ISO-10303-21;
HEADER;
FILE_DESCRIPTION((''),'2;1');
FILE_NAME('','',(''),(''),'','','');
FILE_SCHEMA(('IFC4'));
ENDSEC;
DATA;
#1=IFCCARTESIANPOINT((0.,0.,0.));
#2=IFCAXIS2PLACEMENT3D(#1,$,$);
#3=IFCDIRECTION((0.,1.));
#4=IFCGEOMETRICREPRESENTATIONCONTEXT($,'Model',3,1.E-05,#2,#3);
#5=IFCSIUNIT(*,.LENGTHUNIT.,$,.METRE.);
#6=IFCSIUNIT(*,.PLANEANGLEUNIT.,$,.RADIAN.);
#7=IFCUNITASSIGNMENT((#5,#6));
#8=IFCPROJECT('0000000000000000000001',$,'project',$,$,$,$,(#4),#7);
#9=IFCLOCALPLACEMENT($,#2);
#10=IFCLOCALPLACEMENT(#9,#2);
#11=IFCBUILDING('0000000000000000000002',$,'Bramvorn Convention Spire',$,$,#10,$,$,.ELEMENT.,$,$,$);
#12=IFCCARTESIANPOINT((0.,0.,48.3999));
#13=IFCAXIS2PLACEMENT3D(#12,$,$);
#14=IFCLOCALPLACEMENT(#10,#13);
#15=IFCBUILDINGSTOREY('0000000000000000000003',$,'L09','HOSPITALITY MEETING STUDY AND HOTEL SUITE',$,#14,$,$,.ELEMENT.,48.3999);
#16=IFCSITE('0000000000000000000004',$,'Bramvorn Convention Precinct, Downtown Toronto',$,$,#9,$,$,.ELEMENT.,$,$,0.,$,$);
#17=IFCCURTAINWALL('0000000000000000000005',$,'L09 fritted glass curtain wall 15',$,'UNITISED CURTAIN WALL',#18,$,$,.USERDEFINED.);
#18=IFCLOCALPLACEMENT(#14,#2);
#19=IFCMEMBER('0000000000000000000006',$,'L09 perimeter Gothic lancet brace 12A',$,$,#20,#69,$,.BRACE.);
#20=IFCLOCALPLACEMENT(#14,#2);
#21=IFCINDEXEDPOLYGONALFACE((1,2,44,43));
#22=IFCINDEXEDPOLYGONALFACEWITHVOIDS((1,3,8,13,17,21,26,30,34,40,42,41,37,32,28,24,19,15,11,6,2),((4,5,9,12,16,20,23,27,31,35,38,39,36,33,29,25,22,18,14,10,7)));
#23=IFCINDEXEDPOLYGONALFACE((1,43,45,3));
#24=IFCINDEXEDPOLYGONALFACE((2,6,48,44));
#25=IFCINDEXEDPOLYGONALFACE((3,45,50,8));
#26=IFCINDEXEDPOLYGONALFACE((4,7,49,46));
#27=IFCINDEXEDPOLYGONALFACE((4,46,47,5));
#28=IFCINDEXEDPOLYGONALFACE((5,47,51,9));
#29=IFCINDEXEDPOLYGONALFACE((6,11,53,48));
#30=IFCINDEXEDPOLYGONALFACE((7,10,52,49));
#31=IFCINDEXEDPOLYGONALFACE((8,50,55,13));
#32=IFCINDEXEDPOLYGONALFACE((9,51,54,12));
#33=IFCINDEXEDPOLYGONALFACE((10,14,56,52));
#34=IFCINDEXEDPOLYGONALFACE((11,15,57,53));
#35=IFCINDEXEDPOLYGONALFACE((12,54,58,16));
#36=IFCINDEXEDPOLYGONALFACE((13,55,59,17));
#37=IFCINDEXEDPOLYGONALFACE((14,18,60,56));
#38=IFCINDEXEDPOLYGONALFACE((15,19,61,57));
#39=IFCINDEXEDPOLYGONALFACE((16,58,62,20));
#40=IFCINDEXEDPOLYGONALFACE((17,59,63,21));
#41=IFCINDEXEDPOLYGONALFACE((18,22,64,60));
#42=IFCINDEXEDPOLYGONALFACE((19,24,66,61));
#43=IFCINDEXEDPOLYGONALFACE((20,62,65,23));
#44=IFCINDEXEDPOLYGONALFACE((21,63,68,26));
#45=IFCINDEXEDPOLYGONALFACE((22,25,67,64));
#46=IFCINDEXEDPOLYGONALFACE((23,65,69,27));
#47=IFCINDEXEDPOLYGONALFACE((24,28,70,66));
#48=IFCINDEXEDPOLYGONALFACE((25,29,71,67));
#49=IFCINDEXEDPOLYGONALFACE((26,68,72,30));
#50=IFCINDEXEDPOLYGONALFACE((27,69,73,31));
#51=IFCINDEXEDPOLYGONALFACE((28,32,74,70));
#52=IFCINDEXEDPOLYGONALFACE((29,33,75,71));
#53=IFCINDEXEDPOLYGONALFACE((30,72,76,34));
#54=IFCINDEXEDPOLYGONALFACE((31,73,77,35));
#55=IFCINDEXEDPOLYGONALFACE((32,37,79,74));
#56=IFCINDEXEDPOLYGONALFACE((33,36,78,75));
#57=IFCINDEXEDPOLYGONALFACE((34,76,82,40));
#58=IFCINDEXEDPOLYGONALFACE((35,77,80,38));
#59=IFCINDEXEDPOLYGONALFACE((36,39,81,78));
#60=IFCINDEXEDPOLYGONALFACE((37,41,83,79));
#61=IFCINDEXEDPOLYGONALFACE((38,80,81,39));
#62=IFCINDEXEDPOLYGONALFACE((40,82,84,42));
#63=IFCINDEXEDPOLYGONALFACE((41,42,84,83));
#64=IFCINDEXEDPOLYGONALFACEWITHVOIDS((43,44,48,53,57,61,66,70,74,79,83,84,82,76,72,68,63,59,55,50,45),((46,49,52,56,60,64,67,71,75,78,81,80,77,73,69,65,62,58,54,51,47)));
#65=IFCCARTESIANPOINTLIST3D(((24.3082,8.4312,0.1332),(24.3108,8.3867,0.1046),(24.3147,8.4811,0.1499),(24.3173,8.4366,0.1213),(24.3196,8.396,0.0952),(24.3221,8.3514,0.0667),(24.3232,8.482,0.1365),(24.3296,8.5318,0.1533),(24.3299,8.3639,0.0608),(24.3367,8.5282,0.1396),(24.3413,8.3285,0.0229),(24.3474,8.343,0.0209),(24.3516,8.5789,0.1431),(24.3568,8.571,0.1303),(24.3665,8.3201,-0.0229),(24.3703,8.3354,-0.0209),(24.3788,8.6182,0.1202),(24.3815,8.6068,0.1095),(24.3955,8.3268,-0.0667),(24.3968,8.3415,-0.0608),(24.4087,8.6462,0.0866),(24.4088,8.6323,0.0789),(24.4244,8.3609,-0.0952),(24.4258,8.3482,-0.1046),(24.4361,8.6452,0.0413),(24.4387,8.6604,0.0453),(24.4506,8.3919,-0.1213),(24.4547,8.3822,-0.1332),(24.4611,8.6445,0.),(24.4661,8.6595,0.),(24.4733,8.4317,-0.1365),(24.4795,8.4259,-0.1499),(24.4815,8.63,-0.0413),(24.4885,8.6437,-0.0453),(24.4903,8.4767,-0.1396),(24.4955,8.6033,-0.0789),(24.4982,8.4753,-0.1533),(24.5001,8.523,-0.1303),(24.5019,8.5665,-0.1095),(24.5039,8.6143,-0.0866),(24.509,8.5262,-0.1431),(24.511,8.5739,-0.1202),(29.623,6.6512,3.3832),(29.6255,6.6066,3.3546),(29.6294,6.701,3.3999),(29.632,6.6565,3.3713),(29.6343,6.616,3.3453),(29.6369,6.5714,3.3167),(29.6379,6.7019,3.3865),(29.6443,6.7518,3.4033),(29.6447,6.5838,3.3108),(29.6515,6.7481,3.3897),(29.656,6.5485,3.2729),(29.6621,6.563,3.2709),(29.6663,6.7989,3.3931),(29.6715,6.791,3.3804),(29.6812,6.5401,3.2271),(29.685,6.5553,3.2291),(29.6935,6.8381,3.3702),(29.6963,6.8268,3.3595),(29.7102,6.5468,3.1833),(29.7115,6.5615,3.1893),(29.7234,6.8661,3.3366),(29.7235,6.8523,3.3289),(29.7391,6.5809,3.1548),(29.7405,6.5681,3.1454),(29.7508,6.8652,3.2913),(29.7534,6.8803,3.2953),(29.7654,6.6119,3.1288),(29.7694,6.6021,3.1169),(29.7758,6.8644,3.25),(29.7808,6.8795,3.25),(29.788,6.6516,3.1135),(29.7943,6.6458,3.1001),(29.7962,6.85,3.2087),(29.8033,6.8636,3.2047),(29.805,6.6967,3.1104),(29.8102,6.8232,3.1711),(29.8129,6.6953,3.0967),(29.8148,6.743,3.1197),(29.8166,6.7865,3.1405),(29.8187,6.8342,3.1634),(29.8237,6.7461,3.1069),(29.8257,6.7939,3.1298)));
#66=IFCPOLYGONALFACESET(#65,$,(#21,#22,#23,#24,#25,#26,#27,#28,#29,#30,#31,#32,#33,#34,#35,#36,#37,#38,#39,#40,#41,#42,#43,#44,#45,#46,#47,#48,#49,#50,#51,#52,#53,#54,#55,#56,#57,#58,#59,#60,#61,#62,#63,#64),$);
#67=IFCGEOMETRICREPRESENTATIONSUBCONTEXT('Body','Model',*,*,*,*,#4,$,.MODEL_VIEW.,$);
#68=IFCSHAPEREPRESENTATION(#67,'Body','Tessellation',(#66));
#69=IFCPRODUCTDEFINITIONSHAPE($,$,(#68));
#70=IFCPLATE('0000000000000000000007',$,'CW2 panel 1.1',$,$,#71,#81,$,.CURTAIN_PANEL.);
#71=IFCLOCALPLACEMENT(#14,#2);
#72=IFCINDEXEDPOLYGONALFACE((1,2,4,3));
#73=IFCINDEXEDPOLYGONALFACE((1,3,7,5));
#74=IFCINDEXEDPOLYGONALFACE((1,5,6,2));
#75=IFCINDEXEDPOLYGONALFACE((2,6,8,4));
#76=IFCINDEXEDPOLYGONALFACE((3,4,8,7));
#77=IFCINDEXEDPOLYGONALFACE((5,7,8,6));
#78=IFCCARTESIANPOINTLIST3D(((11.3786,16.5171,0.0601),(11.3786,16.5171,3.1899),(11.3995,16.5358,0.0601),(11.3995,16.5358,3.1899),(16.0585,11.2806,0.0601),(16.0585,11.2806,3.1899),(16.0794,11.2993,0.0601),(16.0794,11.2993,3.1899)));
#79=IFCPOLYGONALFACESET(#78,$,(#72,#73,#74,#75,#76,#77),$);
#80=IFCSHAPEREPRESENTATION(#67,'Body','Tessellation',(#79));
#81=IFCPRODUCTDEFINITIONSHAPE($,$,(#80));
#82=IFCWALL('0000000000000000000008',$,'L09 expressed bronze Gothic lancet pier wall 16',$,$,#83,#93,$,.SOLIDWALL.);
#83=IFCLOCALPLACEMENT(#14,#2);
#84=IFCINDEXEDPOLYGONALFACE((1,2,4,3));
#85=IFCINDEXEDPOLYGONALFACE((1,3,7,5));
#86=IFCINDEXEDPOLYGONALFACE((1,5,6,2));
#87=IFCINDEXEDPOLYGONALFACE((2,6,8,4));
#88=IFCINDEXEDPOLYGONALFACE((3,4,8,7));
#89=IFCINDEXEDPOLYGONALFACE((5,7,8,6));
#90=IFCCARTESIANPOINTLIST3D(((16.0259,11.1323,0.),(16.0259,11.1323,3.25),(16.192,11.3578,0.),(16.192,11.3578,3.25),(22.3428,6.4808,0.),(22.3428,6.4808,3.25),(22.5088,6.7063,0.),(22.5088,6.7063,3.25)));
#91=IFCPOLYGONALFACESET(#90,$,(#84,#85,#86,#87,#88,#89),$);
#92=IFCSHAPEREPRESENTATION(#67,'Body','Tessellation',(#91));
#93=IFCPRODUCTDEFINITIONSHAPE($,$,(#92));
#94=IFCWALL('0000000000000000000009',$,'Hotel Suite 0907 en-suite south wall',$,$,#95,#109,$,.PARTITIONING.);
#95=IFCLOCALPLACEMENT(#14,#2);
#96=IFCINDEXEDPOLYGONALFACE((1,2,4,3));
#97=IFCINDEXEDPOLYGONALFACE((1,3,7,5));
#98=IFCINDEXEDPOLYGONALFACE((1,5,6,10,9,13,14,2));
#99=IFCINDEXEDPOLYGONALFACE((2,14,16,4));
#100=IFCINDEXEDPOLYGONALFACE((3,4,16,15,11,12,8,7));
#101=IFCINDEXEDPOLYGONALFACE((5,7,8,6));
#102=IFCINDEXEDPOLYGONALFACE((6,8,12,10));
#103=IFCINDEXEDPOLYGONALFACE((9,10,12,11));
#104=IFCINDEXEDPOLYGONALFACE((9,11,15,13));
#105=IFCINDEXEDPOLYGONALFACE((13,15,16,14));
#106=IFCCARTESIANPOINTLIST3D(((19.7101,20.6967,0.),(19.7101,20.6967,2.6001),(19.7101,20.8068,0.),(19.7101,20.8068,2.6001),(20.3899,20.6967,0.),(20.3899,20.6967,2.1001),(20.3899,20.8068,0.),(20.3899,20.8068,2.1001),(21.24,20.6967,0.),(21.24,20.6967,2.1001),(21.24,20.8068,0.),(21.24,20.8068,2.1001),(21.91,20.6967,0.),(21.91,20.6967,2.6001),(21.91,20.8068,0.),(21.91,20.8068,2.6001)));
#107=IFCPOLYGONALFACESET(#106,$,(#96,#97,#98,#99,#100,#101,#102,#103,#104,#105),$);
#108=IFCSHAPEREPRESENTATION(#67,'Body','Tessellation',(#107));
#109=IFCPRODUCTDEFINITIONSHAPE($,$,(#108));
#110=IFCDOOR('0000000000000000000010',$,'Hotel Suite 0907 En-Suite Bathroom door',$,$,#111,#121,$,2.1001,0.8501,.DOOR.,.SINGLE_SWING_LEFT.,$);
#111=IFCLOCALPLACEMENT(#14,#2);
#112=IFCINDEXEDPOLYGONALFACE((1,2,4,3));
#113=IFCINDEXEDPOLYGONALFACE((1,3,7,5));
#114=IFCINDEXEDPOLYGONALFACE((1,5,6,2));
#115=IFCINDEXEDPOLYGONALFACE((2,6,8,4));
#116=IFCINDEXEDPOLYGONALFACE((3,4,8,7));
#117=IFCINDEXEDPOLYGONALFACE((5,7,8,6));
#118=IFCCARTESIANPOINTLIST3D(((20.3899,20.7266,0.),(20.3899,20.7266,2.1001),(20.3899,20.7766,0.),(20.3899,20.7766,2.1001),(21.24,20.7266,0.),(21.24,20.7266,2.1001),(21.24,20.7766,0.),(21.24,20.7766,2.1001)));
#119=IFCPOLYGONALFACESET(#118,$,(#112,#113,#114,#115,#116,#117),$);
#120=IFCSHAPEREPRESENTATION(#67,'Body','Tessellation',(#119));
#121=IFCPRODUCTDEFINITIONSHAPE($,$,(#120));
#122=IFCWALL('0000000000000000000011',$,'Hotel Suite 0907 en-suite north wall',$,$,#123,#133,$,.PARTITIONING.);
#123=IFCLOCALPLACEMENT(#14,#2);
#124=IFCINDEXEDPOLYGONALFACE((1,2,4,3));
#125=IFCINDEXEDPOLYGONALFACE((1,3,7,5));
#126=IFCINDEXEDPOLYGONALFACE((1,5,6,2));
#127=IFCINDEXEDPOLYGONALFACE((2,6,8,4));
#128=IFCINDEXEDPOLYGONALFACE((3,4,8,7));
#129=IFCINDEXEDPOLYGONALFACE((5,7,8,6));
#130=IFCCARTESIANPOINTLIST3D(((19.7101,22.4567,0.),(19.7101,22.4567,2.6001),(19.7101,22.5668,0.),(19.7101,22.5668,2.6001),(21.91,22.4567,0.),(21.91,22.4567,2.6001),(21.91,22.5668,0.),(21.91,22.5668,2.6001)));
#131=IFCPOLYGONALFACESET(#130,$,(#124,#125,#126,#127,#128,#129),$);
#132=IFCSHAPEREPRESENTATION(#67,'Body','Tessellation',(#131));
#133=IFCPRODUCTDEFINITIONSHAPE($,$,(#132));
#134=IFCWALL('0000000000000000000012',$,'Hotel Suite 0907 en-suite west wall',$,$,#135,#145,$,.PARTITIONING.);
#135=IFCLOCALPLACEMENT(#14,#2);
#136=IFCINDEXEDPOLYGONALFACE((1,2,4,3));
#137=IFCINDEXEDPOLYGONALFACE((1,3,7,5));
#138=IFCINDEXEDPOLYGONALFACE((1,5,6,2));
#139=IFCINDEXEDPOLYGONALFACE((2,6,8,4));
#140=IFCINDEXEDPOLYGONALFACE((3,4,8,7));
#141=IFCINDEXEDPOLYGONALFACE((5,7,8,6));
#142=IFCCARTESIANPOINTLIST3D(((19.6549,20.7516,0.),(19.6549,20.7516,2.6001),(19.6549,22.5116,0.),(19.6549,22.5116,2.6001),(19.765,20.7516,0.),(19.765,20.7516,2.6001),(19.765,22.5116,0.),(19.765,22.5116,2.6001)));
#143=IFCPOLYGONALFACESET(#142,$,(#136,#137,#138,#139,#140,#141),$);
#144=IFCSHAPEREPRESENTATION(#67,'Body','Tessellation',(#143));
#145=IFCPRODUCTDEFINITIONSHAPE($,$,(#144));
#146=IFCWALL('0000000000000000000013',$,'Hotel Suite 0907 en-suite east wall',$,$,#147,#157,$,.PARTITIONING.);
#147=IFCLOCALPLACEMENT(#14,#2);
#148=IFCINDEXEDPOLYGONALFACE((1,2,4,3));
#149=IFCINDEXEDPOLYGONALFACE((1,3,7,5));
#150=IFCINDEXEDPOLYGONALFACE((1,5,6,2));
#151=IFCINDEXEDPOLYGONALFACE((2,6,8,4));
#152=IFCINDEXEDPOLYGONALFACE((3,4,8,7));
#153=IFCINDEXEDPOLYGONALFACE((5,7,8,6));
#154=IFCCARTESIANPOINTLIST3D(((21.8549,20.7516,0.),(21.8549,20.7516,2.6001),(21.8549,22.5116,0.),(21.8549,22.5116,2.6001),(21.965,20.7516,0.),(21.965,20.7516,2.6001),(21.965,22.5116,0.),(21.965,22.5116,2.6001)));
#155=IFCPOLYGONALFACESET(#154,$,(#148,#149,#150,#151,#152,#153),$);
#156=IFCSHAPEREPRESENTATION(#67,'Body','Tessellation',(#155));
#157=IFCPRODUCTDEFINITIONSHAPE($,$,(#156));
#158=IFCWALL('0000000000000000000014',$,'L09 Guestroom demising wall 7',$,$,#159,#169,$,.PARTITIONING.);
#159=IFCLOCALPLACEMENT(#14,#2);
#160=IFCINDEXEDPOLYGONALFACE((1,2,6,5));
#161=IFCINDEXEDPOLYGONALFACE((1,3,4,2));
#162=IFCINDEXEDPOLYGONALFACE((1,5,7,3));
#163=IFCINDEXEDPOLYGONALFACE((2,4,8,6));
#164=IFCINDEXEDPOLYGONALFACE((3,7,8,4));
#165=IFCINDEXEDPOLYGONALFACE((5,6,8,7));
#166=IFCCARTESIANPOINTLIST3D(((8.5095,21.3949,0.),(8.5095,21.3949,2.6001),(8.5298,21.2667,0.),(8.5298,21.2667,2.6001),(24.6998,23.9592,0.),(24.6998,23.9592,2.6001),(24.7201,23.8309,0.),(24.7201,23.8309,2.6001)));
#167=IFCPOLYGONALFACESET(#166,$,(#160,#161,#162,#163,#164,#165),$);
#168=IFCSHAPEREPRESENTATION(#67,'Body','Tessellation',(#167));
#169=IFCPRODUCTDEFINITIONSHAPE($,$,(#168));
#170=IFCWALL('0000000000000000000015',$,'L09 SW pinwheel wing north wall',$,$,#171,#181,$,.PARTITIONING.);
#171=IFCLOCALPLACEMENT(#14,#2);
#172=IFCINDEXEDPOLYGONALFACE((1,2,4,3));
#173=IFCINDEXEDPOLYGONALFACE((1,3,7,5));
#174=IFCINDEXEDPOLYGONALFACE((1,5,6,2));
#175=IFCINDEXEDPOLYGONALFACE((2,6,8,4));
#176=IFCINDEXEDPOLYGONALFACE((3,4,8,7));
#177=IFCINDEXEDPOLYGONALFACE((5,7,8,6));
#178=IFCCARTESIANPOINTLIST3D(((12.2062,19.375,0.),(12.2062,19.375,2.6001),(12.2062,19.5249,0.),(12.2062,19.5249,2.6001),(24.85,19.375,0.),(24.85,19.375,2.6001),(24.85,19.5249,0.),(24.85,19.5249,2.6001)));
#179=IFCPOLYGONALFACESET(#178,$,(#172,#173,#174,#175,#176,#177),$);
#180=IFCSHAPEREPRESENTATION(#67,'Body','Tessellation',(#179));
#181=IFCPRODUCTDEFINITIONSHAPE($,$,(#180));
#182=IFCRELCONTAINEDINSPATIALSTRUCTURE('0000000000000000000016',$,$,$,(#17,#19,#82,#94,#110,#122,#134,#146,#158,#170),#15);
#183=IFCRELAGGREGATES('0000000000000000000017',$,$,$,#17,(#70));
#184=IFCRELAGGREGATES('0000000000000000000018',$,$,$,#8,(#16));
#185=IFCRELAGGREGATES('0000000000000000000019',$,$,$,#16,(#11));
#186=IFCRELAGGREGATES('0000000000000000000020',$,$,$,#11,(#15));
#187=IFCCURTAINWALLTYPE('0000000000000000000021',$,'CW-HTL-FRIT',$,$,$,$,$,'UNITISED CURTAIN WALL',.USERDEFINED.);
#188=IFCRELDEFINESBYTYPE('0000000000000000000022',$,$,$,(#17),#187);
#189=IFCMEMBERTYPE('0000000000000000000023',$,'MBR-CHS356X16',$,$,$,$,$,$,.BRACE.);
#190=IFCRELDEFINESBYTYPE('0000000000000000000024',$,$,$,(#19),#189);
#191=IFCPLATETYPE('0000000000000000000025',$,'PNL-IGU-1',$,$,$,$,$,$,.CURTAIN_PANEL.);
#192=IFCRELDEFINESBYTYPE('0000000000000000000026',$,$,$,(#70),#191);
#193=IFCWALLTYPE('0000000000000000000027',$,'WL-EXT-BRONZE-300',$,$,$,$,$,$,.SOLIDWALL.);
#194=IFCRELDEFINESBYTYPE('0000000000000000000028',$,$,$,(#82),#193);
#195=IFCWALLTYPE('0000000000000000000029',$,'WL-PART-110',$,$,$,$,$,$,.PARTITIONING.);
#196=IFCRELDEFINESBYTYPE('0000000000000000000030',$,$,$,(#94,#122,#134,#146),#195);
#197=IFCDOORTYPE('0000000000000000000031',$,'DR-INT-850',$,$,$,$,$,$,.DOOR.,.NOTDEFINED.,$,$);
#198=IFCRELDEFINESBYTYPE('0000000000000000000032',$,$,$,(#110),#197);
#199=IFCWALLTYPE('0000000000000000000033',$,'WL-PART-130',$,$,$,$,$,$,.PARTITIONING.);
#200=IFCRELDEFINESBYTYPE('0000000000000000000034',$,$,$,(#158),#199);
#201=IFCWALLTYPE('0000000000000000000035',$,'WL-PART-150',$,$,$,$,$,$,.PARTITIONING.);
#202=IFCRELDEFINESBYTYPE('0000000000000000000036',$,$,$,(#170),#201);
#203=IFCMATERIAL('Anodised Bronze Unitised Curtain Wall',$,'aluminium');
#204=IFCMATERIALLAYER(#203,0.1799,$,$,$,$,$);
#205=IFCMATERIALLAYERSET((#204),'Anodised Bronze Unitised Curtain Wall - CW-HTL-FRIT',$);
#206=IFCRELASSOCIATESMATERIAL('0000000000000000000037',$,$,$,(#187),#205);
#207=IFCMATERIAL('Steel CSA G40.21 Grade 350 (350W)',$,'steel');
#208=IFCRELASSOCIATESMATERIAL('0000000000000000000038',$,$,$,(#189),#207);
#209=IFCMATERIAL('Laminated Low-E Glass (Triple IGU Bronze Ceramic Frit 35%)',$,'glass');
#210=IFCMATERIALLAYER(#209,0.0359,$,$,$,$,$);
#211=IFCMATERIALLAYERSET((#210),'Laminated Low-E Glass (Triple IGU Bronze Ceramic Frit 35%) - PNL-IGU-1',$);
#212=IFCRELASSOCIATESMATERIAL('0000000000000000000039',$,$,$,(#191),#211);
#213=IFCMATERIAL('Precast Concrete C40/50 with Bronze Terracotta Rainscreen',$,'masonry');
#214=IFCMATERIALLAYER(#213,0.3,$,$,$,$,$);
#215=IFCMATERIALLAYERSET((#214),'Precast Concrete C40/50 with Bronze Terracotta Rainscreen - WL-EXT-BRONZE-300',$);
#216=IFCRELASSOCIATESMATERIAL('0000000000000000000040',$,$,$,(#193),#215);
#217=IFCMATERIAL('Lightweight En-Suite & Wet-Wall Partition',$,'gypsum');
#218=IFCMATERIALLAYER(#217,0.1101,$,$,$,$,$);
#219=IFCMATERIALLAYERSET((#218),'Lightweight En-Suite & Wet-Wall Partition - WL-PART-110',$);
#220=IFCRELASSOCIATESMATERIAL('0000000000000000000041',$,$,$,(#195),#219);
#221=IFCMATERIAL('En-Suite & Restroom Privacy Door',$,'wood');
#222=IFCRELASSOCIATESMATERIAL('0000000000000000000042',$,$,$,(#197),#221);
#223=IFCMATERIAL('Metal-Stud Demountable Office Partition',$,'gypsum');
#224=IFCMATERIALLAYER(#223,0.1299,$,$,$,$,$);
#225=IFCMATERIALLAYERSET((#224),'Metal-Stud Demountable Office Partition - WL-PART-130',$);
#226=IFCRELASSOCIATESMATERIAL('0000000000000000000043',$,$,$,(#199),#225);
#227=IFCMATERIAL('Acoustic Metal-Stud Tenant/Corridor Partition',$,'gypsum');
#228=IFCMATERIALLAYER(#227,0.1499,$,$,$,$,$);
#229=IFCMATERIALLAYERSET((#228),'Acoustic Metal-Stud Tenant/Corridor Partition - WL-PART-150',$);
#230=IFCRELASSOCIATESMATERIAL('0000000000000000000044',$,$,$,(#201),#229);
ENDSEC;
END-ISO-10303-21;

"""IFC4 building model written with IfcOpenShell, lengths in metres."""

from ifc_helpers import new_model, si_unit, direction, frame, frame_2d, origin, origin_2d, place, context, subcontext, project, spatial, rectangle, hollow_circle, extrude, material, layer, layer_set, material_profile, profile_set, type_object, element, fill, aggregate, save


model = new_model("IFC4")

# Units and contexts
model_context = context("Model", 3, precision=1e-05, world=origin(), true_north=direction((0.0, 1.0)))
body_context = subcontext(model_context, "Body", "Model", "MODEL_VIEW")
ifc_project = project(units=[si_unit("LENGTHUNIT", "METRE"), si_unit("PLANEANGLEUNIT", "RADIAN")], contexts=[model_context])

# Site, building, storey
site_placement = place(None, origin())
site = spatial("IfcSite", under=ifc_project, at=site_placement, Name="Bramvorn Convention Precinct, Downtown Toronto", CompositionType="ELEMENT", RefElevation=0.0)
building_placement = place(site_placement, origin())
building = spatial("IfcBuilding", under=site, at=building_placement, Name="Bramvorn Convention Spire", CompositionType="ELEMENT")
storey_placement = place(building_placement, frame((0.0, 0.0, 48.3999)))
storey = spatial("IfcBuildingStorey", under=building, at=storey_placement, Name="L09", Description="HOSPITALITY MEETING STUDY AND HOTEL SUITE", CompositionType="ELEMENT", Elevation=48.3999)

# Shared definitions
ifc_material_1 = material(Name="Steel CSA G40.21 Grade 350 (350W)", Category="steel")

# Curtain wall
ifc_material_2 = material(Name="Anodised Bronze Unitised Curtain Wall", Category="aluminium")
ifc_layer_1 = layer(ifc_material_2, 0.1799)
ifc_layer_set_1 = layer_set([ifc_layer_1], Name="Anodised Bronze Unitised Curtain Wall - CW-HTL-FRIT")
curtain_wall_type = type_object("IfcCurtainWallType", Name="CW-HTL-FRIT", ElementType="UNITISED CURTAIN WALL", PredefinedType="USERDEFINED", material=ifc_layer_set_1)
curtain_wall_placement = place(storey_placement, origin())
curtain_wall = element("IfcCurtainWall", 1, at=curtain_wall_placement, inside=storey, type_object=curtain_wall_type, Name="L09 fritted glass curtain wall 15", ObjectType="UNITISED CURTAIN WALL", PredefinedType="USERDEFINED")

# Member
ifc_material_profile_1 = material_profile(ifc_material_1, hollow_circle(Radius=0.1777, WallThickness=0.0159, at=origin_2d()))
ifc_profile_set_1 = profile_set([ifc_material_profile_1], Name="Steel CSA G40.21 Grade 350 (350W) - CHS356X16")
member_type_1 = type_object("IfcMemberType", Name="MBR-CHS356X16", PredefinedType="BRACE", material=ifc_profile_set_1)
member_1_placement = place(storey_placement, frame((24.4097, 8.491, 0.0), z_axis=(0.8203, -0.27474, 0.501623), x_axis=(0.317586, 0.948229, 0.0)))
element("IfcMember", 2, at=member_1_placement, inside=storey, type_object=member_type_1, Name="L09 perimeter Gothic lancet brace 12A", PredefinedType="BRACE", context=body_context, shape_type="SweptSolid", body=[
    extrude(hollow_circle(Radius=0.1777, WallThickness=0.0159, at=origin_2d()), origin(), (0.0, 0.0, 1.0), 6.479),
])

# Plate
ifc_material_3 = material(Name="Laminated Low-E Glass (Triple IGU Bronze Ceramic Frit 35%)", Category="glass")
ifc_layer_2 = layer(ifc_material_3, 0.0359)
ifc_layer_set_2 = layer_set([ifc_layer_2], Name="Laminated Low-E Glass (Triple IGU Bronze Ceramic Frit 35%) - PNL-IGU-1")
plate_type = type_object("IfcPlateType", Name="PNL-IGU-1", PredefinedType="CURTAIN_PANEL", material=ifc_layer_set_2)
plate_placement = place(storey_placement, frame((13.729, 13.9082, 0.0601), z_axis=(0.0, 0.0, 1.0), x_axis=(-0.666369, 0.745622, 0.0)))
plate = element("IfcPlate", 3, at=plate_placement, type_object=plate_type, Name="CW2 panel 1.1", PredefinedType="CURTAIN_PANEL", context=body_context, shape_type="SweptSolid", body=[
    extrude(rectangle(XDim=7.0229, YDim=0.0281, at=origin_2d()), origin(), (0.0, 0.0, 1.0), 3.1299),
])
aggregate(curtain_wall, [plate])

# Wall
ifc_material_4 = material(Name="Precast Concrete C40/50 with Bronze Terracotta Rainscreen", Category="masonry")
ifc_layer_3 = layer(ifc_material_4, 0.3)
ifc_layer_set_3 = layer_set([ifc_layer_3], Name="Precast Concrete C40/50 with Bronze Terracotta Rainscreen - WL-EXT-BRONZE-300")
wall_type_1 = type_object("IfcWallType", Name="WL-EXT-BRONZE-300", PredefinedType="SOLIDWALL", material=ifc_layer_set_3)
wall_1_placement = place(storey_placement, frame((22.4258, 6.5935, 0.0), z_axis=(0.0, 0.0, 1.0), x_axis=(-0.805235, 0.592956, 0.0)))
element("IfcWall", 4, at=wall_1_placement, inside=storey, type_object=wall_type_1, Name="L09 expressed bronze Gothic lancet pier wall 16", PredefinedType="SOLIDWALL", context=body_context, shape_type="SweptSolid", body=[
    extrude(rectangle(XDim=7.8447, YDim=0.28, at=frame_2d((3.9224, 0.0))), origin(), (0.0, 0.0, 1.0), 3.25),
])

# Wall, opening, door
ifc_material_5 = material(Name="Lightweight En-Suite & Wet-Wall Partition", Category="gypsum")
ifc_layer_4 = layer(ifc_material_5, 0.1101)
ifc_layer_set_4 = layer_set([ifc_layer_4], Name="Lightweight En-Suite & Wet-Wall Partition - WL-PART-110")
wall_type_2 = type_object("IfcWallType", Name="WL-PART-110", PredefinedType="PARTITIONING", material=ifc_layer_set_4)
wall_2_placement = place(storey_placement, frame((19.71, 20.7517, 0.0), z_axis=(0.0, 0.0, 1.0), x_axis=(1.0, 0.0, 0.0)))
wall_2 = element("IfcWall", 5, at=wall_2_placement, inside=storey, type_object=wall_type_2, Name="Hotel Suite 0907 en-suite south wall", PredefinedType="PARTITIONING", context=body_context, shape_type="SweptSolid", body=[
    extrude(rectangle(XDim=2.2, YDim=0.1101, at=frame_2d((1.1001, 0.0))), origin(), (0.0, 0.0, 1.0), 2.6001),
])
opening_placement = place(wall_2_placement, frame((0.6799, 0.0, 0.0)))
opening = element("IfcOpeningElement", 6, at=opening_placement, cuts=wall_2, PredefinedType="OPENING", context=body_context, shape_type="SweptSolid", body=[
    extrude(rectangle(XDim=0.8501, YDim=2.1001, at=frame_2d((0.425, 1.05))), frame((0.0, 0.0649, 0.0), z_axis=(0.0, -1.0, 0.0), x_axis=(1.0, 0.0, 0.0)), (0.0, 0.0, 1.0), 0.1301),
])
ifc_material_6 = material(Name="En-Suite & Restroom Privacy Door", Category="wood")
door_type = type_object("IfcDoorType", Name="DR-INT-850", OperationType="NOTDEFINED", PredefinedType="DOOR", material=ifc_material_6)
door_placement = place(opening_placement, origin())
door = element("IfcDoor", 7, at=door_placement, inside=storey, type_object=door_type, Name="Hotel Suite 0907 En-Suite Bathroom door", OperationType="SINGLE_SWING_LEFT", OverallHeight=2.1001, OverallWidth=0.8501, PredefinedType="DOOR", context=body_context, shape_type="SweptSolid", body=[
    extrude(rectangle(XDim=0.8501, YDim=2.1001, at=frame_2d((0.425, 1.05))), frame((0.0, 0.0249, 0.0), z_axis=(0.0, -1.0, 0.0), x_axis=(1.0, 0.0, 0.0)), (0.0, 0.0, 1.0), 0.05),
])
fill(opening, door)

# Walls
wall_3_placement = place(storey_placement, frame((19.71, 22.5117, 0.0), z_axis=(0.0, 0.0, 1.0), x_axis=(1.0, 0.0, 0.0)))
element("IfcWall", 8, at=wall_3_placement, inside=storey, type_object=wall_type_2, Name="Hotel Suite 0907 en-suite north wall", PredefinedType="PARTITIONING", context=body_context, shape_type="SweptSolid", body=[
    extrude(rectangle(XDim=2.2, YDim=0.1101, at=frame_2d((1.1001, 0.0))), origin(), (0.0, 0.0, 1.0), 2.6001),
])
for number, where, z_axis, x_axis, name in (
    (9, (19.71, 20.7517, 0.0), (0.0, 0.0, 1.0), (0.0, 1.0, 0.0), "Hotel Suite 0907 en-suite west wall"),
    (10, (21.9099, 20.7517, 0.0), (0.0, 0.0, 1.0), (0.0, 1.0, 0.0), "Hotel Suite 0907 en-suite east wall"),
):
    element("IfcWall", number, at=place(storey_placement, frame(where, z_axis=z_axis, x_axis=x_axis)), inside=storey, type_object=wall_type_2, Name=name, PredefinedType="PARTITIONING", context=body_context, shape_type="SweptSolid", body=[
        extrude(rectangle(XDim=1.76, YDim=0.1101, at=frame_2d((0.8799, 0.0))), origin(), (0.0, 0.0, 1.0), 2.6001),
    ])
ifc_material_7 = material(Name="Metal-Stud Demountable Office Partition", Category="gypsum")
ifc_layer_5 = layer(ifc_material_7, 0.1299)
ifc_layer_set_5 = layer_set([ifc_layer_5], Name="Metal-Stud Demountable Office Partition - WL-PART-130")
wall_type_3 = type_object("IfcWallType", Name="WL-PART-130", PredefinedType="PARTITIONING", material=ifc_layer_set_5)
wall_4_placement = place(storey_placement, frame((24.71, 23.895, 0.0), z_axis=(0.0, 0.0, 1.0), x_axis=(-0.987689, -0.156431, 0.0)))
element("IfcWall", 11, at=wall_4_placement, inside=storey, type_object=wall_type_3, Name="L09 Guestroom demising wall 7", PredefinedType="PARTITIONING", context=body_context, shape_type="SweptSolid", body=[
    extrude(rectangle(XDim=16.3921, YDim=0.1299, at=frame_2d((8.196, 0.0))), origin(), (0.0, 0.0, 1.0), 2.6001),
])
ifc_material_8 = material(Name="Acoustic Metal-Stud Tenant/Corridor Partition", Category="gypsum")
ifc_layer_6 = layer(ifc_material_8, 0.1499)
ifc_layer_set_6 = layer_set([ifc_layer_6], Name="Acoustic Metal-Stud Tenant/Corridor Partition - WL-PART-150")
wall_type_4 = type_object("IfcWallType", Name="WL-PART-150", PredefinedType="PARTITIONING", material=ifc_layer_set_6)
for number, where, z_axis, x_axis, name in (
    (12, (12.2063, 19.45, 0.0), (0.0, 0.0, 1.0), (1.0, 0.0, 0.0), "L09 SW pinwheel wing north wall"),
):
    element("IfcWall", number, at=place(storey_placement, frame(where, z_axis=z_axis, x_axis=x_axis)), inside=storey, type_object=wall_type_4, Name=name, PredefinedType="PARTITIONING", context=body_context, shape_type="SweptSolid", body=[
        extrude(rectangle(XDim=12.6438, YDim=0.1499, at=frame_2d((6.3218, 0.0))), origin(), (0.0, 0.0, 1.0), 2.6001),
    ])

save(model, "model.ifc")
